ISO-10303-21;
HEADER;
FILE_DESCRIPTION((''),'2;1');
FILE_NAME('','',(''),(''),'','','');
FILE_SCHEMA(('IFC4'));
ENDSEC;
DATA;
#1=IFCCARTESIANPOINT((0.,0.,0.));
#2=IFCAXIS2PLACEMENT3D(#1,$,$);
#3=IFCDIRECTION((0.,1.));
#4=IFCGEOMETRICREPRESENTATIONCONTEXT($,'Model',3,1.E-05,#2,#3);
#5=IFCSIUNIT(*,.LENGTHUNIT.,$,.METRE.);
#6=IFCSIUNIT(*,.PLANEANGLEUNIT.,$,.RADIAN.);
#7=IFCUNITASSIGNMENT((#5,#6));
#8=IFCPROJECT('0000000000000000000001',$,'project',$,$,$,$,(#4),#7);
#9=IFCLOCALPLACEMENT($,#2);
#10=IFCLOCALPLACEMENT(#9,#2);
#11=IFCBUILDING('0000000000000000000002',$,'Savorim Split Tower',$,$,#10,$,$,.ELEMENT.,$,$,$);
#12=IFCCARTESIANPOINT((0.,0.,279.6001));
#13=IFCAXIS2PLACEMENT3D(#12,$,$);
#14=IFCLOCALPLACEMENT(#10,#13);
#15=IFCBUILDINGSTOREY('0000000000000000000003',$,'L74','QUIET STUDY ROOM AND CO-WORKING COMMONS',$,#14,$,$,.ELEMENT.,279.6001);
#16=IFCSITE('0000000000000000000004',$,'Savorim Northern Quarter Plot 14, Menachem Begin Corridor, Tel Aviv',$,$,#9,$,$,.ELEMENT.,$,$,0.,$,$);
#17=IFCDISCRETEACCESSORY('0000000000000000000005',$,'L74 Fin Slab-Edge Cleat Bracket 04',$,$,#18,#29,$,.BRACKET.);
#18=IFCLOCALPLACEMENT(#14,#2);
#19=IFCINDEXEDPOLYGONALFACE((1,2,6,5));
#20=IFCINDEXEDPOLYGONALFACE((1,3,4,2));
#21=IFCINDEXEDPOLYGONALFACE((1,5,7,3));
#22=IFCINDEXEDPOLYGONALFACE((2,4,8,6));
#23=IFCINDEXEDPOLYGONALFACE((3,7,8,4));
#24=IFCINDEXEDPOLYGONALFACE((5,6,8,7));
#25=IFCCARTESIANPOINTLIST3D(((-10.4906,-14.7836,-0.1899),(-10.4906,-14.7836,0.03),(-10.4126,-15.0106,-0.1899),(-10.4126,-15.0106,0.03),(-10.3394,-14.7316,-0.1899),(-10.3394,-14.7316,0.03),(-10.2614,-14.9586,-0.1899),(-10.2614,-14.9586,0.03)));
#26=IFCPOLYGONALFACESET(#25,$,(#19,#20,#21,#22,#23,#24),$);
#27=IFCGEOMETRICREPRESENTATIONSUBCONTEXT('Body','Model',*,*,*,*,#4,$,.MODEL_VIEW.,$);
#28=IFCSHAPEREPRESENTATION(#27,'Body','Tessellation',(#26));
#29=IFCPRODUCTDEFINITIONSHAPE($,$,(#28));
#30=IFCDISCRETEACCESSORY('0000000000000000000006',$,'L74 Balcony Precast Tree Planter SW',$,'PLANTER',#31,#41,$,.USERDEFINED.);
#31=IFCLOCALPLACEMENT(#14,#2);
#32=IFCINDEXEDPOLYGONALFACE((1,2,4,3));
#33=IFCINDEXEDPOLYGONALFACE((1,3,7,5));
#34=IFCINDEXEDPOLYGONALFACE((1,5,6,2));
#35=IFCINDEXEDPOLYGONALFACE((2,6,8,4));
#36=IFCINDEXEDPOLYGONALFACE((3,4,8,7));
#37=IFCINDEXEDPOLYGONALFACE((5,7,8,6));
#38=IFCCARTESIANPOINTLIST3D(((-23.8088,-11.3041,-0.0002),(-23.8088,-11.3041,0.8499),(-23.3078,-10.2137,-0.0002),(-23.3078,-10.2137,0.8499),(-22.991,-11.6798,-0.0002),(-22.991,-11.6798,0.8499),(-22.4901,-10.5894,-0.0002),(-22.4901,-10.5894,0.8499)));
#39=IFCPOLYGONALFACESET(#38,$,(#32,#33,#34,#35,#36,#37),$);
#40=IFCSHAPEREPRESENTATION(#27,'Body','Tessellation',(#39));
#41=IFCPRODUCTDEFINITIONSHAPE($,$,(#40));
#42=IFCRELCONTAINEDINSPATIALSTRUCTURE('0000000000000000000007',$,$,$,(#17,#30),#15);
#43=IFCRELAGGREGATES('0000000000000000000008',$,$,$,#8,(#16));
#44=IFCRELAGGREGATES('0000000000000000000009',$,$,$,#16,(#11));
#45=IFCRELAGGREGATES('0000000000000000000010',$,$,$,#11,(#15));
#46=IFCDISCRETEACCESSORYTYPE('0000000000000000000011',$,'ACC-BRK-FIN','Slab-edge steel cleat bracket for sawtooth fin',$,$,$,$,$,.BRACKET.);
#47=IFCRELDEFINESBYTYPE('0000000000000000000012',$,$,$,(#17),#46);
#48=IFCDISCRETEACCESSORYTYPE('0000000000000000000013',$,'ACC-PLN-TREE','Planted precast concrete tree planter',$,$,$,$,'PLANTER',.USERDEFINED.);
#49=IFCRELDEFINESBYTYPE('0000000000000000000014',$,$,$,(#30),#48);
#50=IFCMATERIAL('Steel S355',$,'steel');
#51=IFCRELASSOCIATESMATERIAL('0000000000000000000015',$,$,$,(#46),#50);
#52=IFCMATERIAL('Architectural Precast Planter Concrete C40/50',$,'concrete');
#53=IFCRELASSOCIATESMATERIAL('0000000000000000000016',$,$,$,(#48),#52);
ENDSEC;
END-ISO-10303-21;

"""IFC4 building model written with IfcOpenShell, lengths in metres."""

from ifc_helpers import new_model, si_unit, direction, frame, origin, origin_2d, place, context, subcontext, project, spatial, rectangle, extrude, material, type_object, element, save


model = new_model("IFC4")

# Units and contexts
model_context = context("Model", 3, precision=1e-05, world=origin(), true_north=direction((0.0, 1.0)))
body_context = subcontext(model_context, "Body", "Model", "MODEL_VIEW")
ifc_project = project(units=[si_unit("LENGTHUNIT", "METRE"), si_unit("PLANEANGLEUNIT", "RADIAN")], contexts=[model_context])

# Site, building, storey
site_placement = place(None, origin())
site = spatial("IfcSite", under=ifc_project, at=site_placement, Name="Savorim Northern Quarter Plot 14, Menachem Begin Corridor, Tel Aviv", CompositionType="ELEMENT", RefElevation=0.0)
building_placement = place(site_placement, origin())
building = spatial("IfcBuilding", under=site, at=building_placement, Name="Savorim Split Tower", CompositionType="ELEMENT")
storey_placement = place(building_placement, frame((0.0, 0.0, 279.6001)))
storey = spatial("IfcBuildingStorey", under=building, at=storey_placement, Name="L74", Description="QUIET STUDY ROOM AND CO-WORKING COMMONS", CompositionType="ELEMENT", Elevation=279.6001)

# Shared definitions
ifc_material_1 = material(Name="Steel S355", Category="steel")

# Discrete accessories
discrete_accessory_type_1 = type_object("IfcDiscreteAccessoryType", Name="ACC-BRK-FIN", Description="Slab-edge steel cleat bracket for sawtooth fin", PredefinedType="BRACKET", material=ifc_material_1)
for number, where, z_axis, x_axis, name in (
    (1, (-10.376, -14.8711, -0.1899), (0.0, 0.0, 1.0), (0.324994, -0.945716, 0.0), "L74 Fin Slab-Edge Cleat Bracket 04"),
):
    element("IfcDiscreteAccessory", number, at=place(storey_placement, frame(where, z_axis=z_axis, x_axis=x_axis)), inside=storey, type_object=discrete_accessory_type_1, Name=name, PredefinedType="BRACKET", context=body_context, shape_type="SweptSolid", body=[
        extrude(rectangle(XDim=0.24, YDim=0.1599, at=origin_2d()), origin(), (0.0, 0.0, 1.0), 0.22),
    ])
ifc_material_2 = material(Name="Architectural Precast Planter Concrete C40/50", Category="concrete")
discrete_accessory_type_2 = type_object("IfcDiscreteAccessoryType", Name="ACC-PLN-TREE", Description="Planted precast concrete tree planter", ElementType="PLANTER", PredefinedType="USERDEFINED", material=ifc_material_2)
discrete_accessory_placement = place(storey_placement, frame((-23.1494, -10.9468, -0.0002), z_axis=(0.0, 0.0, 1.0), x_axis=(-0.417493, -0.90868, 0.0)))
element("IfcDiscreteAccessory", 2, at=discrete_accessory_placement, inside=storey, type_object=discrete_accessory_type_2, Name="L74 Balcony Precast Tree Planter SW", ObjectType="PLANTER", PredefinedType="USERDEFINED", context=body_context, shape_type="SweptSolid", body=[
    extrude(rectangle(XDim=1.2, YDim=0.8999, at=origin_2d()), origin(), (0.0, 0.0, 1.0), 0.8501),
])

save(model, "model.ifc")
